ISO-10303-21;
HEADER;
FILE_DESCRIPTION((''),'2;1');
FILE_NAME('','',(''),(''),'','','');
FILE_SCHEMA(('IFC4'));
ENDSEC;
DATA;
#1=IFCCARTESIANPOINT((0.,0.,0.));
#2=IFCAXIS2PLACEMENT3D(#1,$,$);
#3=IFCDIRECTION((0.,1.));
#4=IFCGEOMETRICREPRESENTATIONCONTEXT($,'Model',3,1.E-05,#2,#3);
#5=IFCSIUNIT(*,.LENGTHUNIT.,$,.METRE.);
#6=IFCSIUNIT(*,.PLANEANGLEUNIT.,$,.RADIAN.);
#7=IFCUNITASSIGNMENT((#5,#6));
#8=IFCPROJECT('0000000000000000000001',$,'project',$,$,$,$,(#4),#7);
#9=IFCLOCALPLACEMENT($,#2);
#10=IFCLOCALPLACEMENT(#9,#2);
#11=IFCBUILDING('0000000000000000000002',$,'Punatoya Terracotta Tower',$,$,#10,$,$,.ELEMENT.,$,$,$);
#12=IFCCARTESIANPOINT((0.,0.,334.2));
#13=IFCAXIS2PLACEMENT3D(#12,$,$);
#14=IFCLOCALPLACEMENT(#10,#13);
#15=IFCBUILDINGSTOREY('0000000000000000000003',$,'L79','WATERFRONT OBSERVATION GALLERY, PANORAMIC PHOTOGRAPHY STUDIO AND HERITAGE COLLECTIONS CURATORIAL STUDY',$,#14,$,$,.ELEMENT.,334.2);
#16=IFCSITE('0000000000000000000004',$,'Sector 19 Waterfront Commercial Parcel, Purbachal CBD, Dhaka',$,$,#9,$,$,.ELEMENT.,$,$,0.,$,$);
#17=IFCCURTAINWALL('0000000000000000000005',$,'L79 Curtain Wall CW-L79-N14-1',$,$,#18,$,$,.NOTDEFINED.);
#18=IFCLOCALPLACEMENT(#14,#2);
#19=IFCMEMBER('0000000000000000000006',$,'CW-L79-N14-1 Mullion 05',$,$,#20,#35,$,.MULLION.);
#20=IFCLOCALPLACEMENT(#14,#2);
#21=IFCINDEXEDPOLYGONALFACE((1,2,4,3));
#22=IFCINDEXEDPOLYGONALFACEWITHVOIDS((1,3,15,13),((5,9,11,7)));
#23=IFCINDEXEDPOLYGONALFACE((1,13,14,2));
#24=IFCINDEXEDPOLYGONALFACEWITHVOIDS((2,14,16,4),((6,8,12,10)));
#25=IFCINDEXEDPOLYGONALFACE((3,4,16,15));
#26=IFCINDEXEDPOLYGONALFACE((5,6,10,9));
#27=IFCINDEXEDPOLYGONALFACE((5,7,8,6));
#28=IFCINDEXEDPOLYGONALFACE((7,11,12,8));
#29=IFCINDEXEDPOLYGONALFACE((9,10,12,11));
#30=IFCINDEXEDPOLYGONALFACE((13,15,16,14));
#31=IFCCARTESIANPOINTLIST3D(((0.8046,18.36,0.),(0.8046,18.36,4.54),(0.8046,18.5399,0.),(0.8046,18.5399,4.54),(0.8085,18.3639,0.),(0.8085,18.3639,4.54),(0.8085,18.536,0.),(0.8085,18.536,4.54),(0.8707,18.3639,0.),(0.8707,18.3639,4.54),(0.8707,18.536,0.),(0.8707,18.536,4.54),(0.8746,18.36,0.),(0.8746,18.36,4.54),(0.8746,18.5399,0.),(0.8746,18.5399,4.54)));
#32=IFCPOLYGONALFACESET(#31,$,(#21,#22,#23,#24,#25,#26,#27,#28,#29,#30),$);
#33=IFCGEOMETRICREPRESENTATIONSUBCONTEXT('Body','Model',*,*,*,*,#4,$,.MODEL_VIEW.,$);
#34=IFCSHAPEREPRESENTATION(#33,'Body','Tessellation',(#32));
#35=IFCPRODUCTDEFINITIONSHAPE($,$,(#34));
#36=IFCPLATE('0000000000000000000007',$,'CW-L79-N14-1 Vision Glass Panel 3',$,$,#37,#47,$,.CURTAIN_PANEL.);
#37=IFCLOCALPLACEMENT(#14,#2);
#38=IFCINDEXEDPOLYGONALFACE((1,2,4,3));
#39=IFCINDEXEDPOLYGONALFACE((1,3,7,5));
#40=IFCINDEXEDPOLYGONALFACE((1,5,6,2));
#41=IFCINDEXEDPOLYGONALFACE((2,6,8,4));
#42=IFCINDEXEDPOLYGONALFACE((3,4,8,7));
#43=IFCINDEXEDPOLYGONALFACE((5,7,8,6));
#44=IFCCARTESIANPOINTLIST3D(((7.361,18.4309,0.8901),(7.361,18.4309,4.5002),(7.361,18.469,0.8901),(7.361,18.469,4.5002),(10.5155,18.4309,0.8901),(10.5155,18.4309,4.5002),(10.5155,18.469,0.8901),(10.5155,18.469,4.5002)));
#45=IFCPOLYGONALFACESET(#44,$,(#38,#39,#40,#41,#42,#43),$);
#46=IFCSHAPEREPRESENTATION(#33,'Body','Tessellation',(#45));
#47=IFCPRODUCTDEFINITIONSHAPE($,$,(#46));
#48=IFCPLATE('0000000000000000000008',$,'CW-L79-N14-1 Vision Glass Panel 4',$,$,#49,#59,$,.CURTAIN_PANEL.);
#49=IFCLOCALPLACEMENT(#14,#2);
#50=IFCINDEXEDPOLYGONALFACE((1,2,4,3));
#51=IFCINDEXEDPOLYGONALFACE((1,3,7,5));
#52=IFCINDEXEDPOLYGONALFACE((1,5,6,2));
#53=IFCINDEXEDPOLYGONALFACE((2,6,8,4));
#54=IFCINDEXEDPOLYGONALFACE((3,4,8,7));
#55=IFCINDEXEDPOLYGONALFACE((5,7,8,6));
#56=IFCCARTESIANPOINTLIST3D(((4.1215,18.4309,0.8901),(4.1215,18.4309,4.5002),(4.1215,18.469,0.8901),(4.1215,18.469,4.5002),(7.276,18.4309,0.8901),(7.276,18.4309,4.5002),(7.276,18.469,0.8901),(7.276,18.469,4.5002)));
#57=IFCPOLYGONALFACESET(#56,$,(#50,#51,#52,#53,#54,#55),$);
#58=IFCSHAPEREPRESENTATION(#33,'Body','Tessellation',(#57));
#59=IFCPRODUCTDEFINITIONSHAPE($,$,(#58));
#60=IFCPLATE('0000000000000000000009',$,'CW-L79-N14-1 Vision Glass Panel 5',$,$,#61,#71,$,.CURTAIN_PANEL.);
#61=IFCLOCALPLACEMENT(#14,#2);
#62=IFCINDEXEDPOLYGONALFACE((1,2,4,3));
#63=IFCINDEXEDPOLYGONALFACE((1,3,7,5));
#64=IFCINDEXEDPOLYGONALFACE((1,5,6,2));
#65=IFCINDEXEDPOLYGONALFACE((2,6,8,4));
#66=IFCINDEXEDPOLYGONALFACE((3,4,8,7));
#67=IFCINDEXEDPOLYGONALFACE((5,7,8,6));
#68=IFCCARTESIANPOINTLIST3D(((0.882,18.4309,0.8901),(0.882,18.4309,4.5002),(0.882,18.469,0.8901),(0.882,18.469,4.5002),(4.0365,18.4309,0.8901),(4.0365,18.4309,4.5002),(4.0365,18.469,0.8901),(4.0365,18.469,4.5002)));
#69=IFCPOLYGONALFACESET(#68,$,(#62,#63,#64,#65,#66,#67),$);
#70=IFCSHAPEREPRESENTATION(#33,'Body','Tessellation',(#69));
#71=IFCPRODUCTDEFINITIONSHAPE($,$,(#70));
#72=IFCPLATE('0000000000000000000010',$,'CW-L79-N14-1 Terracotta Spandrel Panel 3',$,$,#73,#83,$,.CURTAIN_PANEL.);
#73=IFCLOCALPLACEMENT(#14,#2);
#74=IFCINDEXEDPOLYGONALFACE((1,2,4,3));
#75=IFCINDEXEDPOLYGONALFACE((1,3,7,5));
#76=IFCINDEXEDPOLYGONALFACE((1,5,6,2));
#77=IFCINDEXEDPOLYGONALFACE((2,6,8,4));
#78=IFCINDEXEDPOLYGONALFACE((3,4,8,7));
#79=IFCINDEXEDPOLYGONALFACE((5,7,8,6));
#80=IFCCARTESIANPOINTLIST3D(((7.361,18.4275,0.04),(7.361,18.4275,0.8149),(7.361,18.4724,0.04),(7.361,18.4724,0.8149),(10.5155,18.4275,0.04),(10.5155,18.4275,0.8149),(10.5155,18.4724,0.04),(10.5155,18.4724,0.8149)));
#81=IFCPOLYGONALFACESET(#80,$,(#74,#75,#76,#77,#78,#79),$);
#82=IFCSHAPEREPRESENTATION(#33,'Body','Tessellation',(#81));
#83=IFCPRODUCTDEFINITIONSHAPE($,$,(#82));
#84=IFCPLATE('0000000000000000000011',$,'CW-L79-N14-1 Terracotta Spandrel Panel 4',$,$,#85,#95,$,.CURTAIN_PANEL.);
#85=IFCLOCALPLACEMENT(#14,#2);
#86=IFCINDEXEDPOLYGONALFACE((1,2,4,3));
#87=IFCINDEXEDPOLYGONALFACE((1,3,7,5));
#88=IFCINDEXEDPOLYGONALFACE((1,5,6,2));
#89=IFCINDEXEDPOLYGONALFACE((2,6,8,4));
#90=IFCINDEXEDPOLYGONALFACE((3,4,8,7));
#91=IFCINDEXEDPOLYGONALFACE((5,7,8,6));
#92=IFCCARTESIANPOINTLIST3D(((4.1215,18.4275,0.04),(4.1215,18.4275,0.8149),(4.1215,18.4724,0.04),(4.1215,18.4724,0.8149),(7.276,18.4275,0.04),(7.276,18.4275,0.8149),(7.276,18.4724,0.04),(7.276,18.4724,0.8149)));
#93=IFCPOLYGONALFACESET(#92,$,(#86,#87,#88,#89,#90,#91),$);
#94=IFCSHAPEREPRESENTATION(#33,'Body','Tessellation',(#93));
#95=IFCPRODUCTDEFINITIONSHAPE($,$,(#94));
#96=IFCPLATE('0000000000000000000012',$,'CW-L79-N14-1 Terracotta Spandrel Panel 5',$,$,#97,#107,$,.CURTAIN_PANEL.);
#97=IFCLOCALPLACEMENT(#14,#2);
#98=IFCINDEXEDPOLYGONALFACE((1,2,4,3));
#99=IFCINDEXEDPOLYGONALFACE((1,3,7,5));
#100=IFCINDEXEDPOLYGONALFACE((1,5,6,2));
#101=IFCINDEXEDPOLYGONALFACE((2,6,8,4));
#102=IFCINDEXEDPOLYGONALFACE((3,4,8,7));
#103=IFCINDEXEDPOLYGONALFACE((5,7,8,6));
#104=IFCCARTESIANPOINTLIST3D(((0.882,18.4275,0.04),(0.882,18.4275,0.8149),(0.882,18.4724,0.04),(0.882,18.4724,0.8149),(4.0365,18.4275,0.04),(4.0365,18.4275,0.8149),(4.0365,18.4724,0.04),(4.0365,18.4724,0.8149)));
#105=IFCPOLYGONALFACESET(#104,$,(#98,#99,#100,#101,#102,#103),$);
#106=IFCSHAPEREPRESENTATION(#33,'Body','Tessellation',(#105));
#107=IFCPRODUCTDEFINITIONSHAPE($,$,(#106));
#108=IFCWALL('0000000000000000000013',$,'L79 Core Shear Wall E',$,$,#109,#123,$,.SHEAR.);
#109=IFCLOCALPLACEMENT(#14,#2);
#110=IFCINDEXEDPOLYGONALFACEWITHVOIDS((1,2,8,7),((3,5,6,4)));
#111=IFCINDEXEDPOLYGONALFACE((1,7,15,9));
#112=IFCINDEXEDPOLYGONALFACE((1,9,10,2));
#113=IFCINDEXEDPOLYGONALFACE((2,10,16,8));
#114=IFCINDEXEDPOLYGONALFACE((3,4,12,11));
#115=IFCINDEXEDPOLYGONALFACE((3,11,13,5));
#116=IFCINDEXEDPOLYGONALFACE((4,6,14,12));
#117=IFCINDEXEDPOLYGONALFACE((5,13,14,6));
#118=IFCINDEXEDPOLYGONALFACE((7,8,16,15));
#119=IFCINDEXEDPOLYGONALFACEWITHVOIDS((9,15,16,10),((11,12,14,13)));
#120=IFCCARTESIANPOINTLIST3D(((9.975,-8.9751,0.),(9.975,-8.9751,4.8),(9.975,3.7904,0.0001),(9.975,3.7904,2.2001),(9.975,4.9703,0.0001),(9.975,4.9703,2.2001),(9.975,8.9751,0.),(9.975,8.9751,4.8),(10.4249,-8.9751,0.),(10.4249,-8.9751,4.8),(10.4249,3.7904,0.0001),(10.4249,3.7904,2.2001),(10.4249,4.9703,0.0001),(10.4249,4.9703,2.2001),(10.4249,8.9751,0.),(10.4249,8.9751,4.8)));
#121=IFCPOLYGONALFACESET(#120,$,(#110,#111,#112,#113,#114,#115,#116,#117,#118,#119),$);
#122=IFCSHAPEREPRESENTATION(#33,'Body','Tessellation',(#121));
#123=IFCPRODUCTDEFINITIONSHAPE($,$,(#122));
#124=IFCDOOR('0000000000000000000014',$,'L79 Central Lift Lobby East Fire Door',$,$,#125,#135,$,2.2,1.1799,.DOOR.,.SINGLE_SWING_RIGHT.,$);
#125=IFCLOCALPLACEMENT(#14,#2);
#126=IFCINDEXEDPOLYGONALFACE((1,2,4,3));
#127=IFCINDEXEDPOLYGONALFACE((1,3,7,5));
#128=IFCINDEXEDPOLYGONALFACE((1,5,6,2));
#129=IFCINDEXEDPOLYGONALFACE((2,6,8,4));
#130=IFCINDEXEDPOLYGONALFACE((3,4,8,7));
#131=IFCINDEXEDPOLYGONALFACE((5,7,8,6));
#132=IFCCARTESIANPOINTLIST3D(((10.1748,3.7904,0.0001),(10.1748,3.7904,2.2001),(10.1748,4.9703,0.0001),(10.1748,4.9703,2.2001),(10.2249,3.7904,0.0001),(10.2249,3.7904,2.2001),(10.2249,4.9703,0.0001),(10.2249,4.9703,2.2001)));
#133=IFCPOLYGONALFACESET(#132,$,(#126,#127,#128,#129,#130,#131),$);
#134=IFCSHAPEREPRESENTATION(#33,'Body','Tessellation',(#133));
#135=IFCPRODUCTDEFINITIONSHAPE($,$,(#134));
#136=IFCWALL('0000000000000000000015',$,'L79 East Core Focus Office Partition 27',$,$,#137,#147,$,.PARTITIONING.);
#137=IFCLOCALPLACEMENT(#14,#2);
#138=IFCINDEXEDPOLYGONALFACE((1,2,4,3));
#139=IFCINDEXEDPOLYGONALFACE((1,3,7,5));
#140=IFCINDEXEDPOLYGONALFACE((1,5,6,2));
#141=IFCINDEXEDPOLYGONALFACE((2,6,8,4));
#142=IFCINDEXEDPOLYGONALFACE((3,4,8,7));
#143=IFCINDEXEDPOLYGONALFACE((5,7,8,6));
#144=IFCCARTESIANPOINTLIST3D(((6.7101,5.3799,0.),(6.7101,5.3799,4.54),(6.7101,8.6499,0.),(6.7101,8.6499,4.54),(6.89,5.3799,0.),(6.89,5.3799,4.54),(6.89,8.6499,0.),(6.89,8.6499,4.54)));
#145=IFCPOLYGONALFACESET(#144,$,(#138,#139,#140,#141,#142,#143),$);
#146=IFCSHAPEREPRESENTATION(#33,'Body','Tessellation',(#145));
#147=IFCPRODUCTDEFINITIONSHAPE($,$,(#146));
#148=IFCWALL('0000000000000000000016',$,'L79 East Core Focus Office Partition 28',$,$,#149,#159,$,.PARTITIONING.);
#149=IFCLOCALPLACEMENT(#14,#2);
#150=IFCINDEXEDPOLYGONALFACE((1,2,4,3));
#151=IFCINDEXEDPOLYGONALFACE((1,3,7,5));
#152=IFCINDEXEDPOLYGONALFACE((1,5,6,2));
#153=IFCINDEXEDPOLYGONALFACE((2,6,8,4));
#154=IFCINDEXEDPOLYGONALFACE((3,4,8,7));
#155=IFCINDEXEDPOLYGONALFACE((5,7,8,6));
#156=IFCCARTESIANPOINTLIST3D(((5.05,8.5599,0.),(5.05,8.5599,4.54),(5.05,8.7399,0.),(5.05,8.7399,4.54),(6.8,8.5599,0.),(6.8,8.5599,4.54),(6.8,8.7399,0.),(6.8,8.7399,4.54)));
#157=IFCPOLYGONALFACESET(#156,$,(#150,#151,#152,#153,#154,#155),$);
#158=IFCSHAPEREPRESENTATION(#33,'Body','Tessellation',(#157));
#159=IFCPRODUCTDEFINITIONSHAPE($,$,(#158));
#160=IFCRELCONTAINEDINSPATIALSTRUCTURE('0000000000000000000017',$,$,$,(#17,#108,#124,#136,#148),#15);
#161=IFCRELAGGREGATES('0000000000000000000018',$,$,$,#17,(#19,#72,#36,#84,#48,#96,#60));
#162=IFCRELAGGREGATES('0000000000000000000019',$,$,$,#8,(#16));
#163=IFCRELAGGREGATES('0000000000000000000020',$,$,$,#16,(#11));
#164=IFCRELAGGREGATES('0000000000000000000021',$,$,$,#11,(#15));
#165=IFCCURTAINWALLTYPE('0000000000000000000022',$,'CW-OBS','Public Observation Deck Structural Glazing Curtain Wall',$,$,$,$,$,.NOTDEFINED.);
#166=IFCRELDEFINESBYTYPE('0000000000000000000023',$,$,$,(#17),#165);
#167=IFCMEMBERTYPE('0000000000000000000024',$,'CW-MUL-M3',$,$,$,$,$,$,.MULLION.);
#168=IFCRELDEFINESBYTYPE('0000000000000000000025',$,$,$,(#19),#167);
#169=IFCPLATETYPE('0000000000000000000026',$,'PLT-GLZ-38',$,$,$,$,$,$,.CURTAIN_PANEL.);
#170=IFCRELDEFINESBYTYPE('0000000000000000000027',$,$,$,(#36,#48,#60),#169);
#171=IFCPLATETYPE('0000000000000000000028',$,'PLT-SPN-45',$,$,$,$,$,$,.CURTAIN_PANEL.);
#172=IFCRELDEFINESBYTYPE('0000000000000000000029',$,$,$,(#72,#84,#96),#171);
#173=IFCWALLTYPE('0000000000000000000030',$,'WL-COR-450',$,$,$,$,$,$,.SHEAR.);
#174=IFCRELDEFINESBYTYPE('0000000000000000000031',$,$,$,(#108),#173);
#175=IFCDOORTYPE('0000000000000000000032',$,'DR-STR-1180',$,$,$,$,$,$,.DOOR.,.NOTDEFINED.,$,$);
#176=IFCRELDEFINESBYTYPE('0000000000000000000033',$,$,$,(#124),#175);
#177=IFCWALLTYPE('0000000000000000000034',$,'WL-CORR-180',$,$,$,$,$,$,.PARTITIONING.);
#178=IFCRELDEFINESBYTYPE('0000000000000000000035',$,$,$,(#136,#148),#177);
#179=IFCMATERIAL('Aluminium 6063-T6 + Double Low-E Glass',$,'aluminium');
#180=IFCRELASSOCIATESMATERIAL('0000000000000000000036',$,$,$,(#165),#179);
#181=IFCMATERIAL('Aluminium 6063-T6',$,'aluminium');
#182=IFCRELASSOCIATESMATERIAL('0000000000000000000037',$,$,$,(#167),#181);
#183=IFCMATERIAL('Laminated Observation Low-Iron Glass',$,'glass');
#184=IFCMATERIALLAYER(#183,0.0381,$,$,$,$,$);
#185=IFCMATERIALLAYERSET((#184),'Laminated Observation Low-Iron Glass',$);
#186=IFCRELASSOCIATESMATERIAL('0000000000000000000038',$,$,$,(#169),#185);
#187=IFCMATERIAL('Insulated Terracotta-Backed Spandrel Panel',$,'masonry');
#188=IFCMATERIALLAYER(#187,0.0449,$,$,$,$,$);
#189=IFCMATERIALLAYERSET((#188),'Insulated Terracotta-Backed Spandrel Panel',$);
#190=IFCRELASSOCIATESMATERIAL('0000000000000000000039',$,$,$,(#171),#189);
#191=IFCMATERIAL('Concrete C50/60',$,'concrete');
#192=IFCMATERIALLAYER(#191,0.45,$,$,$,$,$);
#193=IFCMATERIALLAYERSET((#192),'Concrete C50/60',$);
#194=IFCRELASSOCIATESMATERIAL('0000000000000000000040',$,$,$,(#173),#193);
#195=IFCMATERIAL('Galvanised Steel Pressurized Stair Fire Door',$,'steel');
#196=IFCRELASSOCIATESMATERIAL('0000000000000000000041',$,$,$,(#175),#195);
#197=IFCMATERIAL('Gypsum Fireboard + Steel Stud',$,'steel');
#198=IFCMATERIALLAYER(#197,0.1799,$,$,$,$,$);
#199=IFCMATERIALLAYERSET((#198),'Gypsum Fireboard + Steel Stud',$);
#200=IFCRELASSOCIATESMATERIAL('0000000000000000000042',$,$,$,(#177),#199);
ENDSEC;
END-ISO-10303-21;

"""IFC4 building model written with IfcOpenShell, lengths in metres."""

from ifc_helpers import new_model, si_unit, direction, frame, frame_2d, origin, origin_2d, place, context, subcontext, project, spatial, rectangle, hollow_rectangle, extrude, material, layer, layer_set, material_profile, profile_set, type_object, element, fill, aggregate, save


model = new_model("IFC4")

# Units and contexts
model_context = context("Model", 3, precision=1e-05, world=origin(), true_north=direction((0.0, 1.0)))
body_context = subcontext(model_context, "Body", "Model", "MODEL_VIEW")
ifc_project = project(units=[si_unit("LENGTHUNIT", "METRE"), si_unit("PLANEANGLEUNIT", "RADIAN")], contexts=[model_context])

# Site, building, storey
site_placement = place(None, origin())
site = spatial("IfcSite", under=ifc_project, at=site_placement, Name="Sector 19 Waterfront Commercial Parcel, Purbachal CBD, Dhaka", CompositionType="ELEMENT", RefElevation=0.0)
building_placement = place(site_placement, origin())
building = spatial("IfcBuilding", under=site, at=building_placement, Name="Punatoya Terracotta Tower", CompositionType="ELEMENT")
storey_placement = place(building_placement, frame((0.0, 0.0, 334.2)))
storey = spatial("IfcBuildingStorey", under=building, at=storey_placement, Name="L79", Description="WATERFRONT OBSERVATION GALLERY, PANORAMIC PHOTOGRAPHY STUDIO AND HERITAGE COLLECTIONS CURATORIAL STUDY", CompositionType="ELEMENT", Elevation=334.2)

# Curtain wall, member, plates
ifc_material_1 = material(Name="Aluminium 6063-T6 + Double Low-E Glass", Category="aluminium")
curtain_wall_type = type_object("IfcCurtainWallType", Name="CW-OBS", Description="Public Observation Deck Structural Glazing Curtain Wall", PredefinedType="NOTDEFINED", material=ifc_material_1)
curtain_wall_placement = place(storey_placement, origin())
curtain_wall = element("IfcCurtainWall", 1, at=curtain_wall_placement, inside=storey, type_object=curtain_wall_type, Name="L79 Curtain Wall CW-L79-N14-1", PredefinedType="NOTDEFINED")
ifc_material_2 = material(Name="Aluminium 6063-T6", Category="aluminium")
ifc_material_profile_1 = material_profile(ifc_material_2, hollow_rectangle(XDim=0.0701, YDim=0.1799, WallThickness=0.0039, at=origin_2d()))
ifc_profile_set_1 = profile_set([ifc_material_profile_1], Name="Aluminium 6063-T6")
member_type = type_object("IfcMemberType", Name="CW-MUL-M3", PredefinedType="MULLION", material=ifc_profile_set_1)
member_1_placement = place(storey_placement, frame((0.8396, 18.45, 0.0), z_axis=(0.0, 0.0, 1.0), x_axis=(1.0, 0.0, 0.0)))
member_1 = element("IfcMember", 2, at=member_1_placement, type_object=member_type, Name="CW-L79-N14-1 Mullion 05", PredefinedType="MULLION", context=body_context, shape_type="SweptSolid", body=[
    extrude(hollow_rectangle(XDim=0.0701, YDim=0.1799, WallThickness=0.0039, at=origin_2d()), origin(), (0.0, 0.0, 1.0), 4.54),
])
ifc_material_3 = material(Name="Laminated Observation Low-Iron Glass", Category="glass")
ifc_layer_1 = layer(ifc_material_3, 0.0381)
ifc_layer_set_1 = layer_set([ifc_layer_1], Name="Laminated Observation Low-Iron Glass")
plate_type_1 = type_object("IfcPlateType", Name="PLT-GLZ-38", PredefinedType="CURTAIN_PANEL", material=ifc_layer_set_1)
plate_1_placement = place(storey_placement, frame((8.9382, 18.45, 0.8901), z_axis=(0.0, 0.0, 1.0), x_axis=(-1.0, 0.0, 0.0)))
plate_1 = element("IfcPlate", 3, at=plate_1_placement, type_object=plate_type_1, Name="CW-L79-N14-1 Vision Glass Panel 3", PredefinedType="CURTAIN_PANEL", context=body_context, shape_type="SweptSolid", body=[
    extrude(rectangle(XDim=3.1545, YDim=0.0381, at=origin_2d()), origin(), (0.0, 0.0, 1.0), 3.6101),
])
plate_2_placement = place(storey_placement, frame((5.6987, 18.45, 0.8901), z_axis=(0.0, 0.0, 1.0), x_axis=(-1.0, 0.0, 0.0)))
plate_2 = element("IfcPlate", 4, at=plate_2_placement, type_object=plate_type_1, Name="CW-L79-N14-1 Vision Glass Panel 4", PredefinedType="CURTAIN_PANEL", context=body_context, shape_type="SweptSolid", body=[
    extrude(rectangle(XDim=3.1545, YDim=0.0381, at=origin_2d()), origin(), (0.0, 0.0, 1.0), 3.6101),
])
plate_3_placement = place(storey_placement, frame((2.4592, 18.45, 0.8901), z_axis=(0.0, 0.0, 1.0), x_axis=(-1.0, 0.0, 0.0)))
plate_3 = element("IfcPlate", 5, at=plate_3_placement, type_object=plate_type_1, Name="CW-L79-N14-1 Vision Glass Panel 5", PredefinedType="CURTAIN_PANEL", context=body_context, shape_type="SweptSolid", body=[
    extrude(rectangle(XDim=3.1545, YDim=0.0381, at=origin_2d()), origin(), (0.0, 0.0, 1.0), 3.6101),
])
ifc_material_4 = material(Name="Insulated Terracotta-Backed Spandrel Panel", Category="masonry")
ifc_layer_2 = layer(ifc_material_4, 0.0449)
ifc_layer_set_2 = layer_set([ifc_layer_2], Name="Insulated Terracotta-Backed Spandrel Panel")
plate_type_2 = type_object("IfcPlateType", Name="PLT-SPN-45", PredefinedType="CURTAIN_PANEL", material=ifc_layer_set_2)
plate_4_placement = place(storey_placement, frame((8.9382, 18.45, 0.04), z_axis=(0.0, 0.0, 1.0), x_axis=(-1.0, 0.0, 0.0)))
plate_4 = element("IfcPlate", 6, at=plate_4_placement, type_object=plate_type_2, Name="CW-L79-N14-1 Terracotta Spandrel Panel 3", PredefinedType="CURTAIN_PANEL", context=body_context, shape_type="SweptSolid", body=[
    extrude(rectangle(XDim=3.1545, YDim=0.0449, at=origin_2d()), origin(), (0.0, 0.0, 1.0), 0.7749),
])
plate_5_placement = place(storey_placement, frame((5.6987, 18.45, 0.04), z_axis=(0.0, 0.0, 1.0), x_axis=(-1.0, 0.0, 0.0)))
plate_5 = element("IfcPlate", 7, at=plate_5_placement, type_object=plate_type_2, Name="CW-L79-N14-1 Terracotta Spandrel Panel 4", PredefinedType="CURTAIN_PANEL", context=body_context, shape_type="SweptSolid", body=[
    extrude(rectangle(XDim=3.1545, YDim=0.0449, at=origin_2d()), origin(), (0.0, 0.0, 1.0), 0.7749),
])
plate_6_placement = place(storey_placement, frame((2.4592, 18.45, 0.04), z_axis=(0.0, 0.0, 1.0), x_axis=(-1.0, 0.0, 0.0)))
plate_6 = element("IfcPlate", 8, at=plate_6_placement, type_object=plate_type_2, Name="CW-L79-N14-1 Terracotta Spandrel Panel 5", PredefinedType="CURTAIN_PANEL", context=body_context, shape_type="SweptSolid", body=[
    extrude(rectangle(XDim=3.1545, YDim=0.0449, at=origin_2d()), origin(), (0.0, 0.0, 1.0), 0.7749),
])
aggregate(curtain_wall, [member_1, plate_4, plate_1, plate_5, plate_2, plate_6, plate_3])

# Wall, opening, door
ifc_material_5 = material(Name="Concrete C50/60", Category="concrete")
ifc_layer_3 = layer(ifc_material_5, 0.45)
ifc_layer_set_3 = layer_set([ifc_layer_3], Name="Concrete C50/60")
wall_type_1 = type_object("IfcWallType", Name="WL-COR-450", PredefinedType="SHEAR", material=ifc_layer_set_3)
wall_1_placement = place(storey_placement, frame((10.2, 8.9751, 0.0), z_axis=(0.0, 0.0, 1.0), x_axis=(0.0, -1.0, 0.0)))
wall_1 = element("IfcWall", 9, at=wall_1_placement, inside=storey, type_object=wall_type_1, Name="L79 Core Shear Wall E", PredefinedType="SHEAR", context=body_context, shape_type="SweptSolid", body=[
    extrude(rectangle(XDim=17.9502, YDim=0.45, at=frame_2d((8.9751, 0.0))), origin(), (0.0, 0.0, 1.0), 4.8),
])
opening_1_placement = place(wall_1_placement, frame((4.0049, 0.0, 0.0)))
opening_1 = element("IfcOpeningElement", 10, at=opening_1_placement, cuts=wall_1, PredefinedType="OPENING", context=body_context, shape_type="SweptSolid", body=[
    extrude(rectangle(XDim=1.1799, YDim=2.2, at=frame_2d((0.5898, 1.1001))), frame((0.0, 0.2349, 0.0), z_axis=(0.0, -1.0, 0.0), x_axis=(1.0, 0.0, 0.0)), (0.0, 0.0, 1.0), 0.47),
])
ifc_material_6 = material(Name="Galvanised Steel Pressurized Stair Fire Door", Category="steel")
door_type_1 = type_object("IfcDoorType", Name="DR-STR-1180", OperationType="NOTDEFINED", PredefinedType="DOOR", material=ifc_material_6)
door_1_placement = place(opening_1_placement, origin())
door_1 = element("IfcDoor", 11, at=door_1_placement, inside=storey, type_object=door_type_1, Name="L79 Central Lift Lobby East Fire Door", OperationType="SINGLE_SWING_RIGHT", OverallHeight=2.2, OverallWidth=1.1799, PredefinedType="DOOR", context=body_context, shape_type="SweptSolid", body=[
    extrude(rectangle(XDim=1.1799, YDim=2.2, at=frame_2d((0.5898, 1.1001))), frame((0.0, 0.0249, 0.0), z_axis=(0.0, -1.0, 0.0), x_axis=(1.0, 0.0, 0.0)), (0.0, 0.0, 1.0), 0.05),
])
fill(opening_1, door_1)

# Walls
ifc_material_7 = material(Name="Gypsum Fireboard + Steel Stud", Category="steel")
ifc_layer_4 = layer(ifc_material_7, 0.1799)
ifc_layer_set_4 = layer_set([ifc_layer_4], Name="Gypsum Fireboard + Steel Stud")
wall_type_2 = type_object("IfcWallType", Name="WL-CORR-180", PredefinedType="PARTITIONING", material=ifc_layer_set_4)
wall_2_placement = place(storey_placement, frame((6.8, 5.3799, 0.0), z_axis=(0.0, 0.0, 1.0), x_axis=(0.0, 1.0, 0.0)))
element("IfcWall", 12, at=wall_2_placement, inside=storey, type_object=wall_type_2, Name="L79 East Core Focus Office Partition 27", PredefinedType="PARTITIONING", context=body_context, shape_type="SweptSolid", body=[
    extrude(rectangle(XDim=3.27, YDim=0.1799, at=frame_2d((1.635, 0.0))), origin(), (0.0, 0.0, 1.0), 4.54),
])
wall_3_placement = place(storey_placement, frame((6.8, 8.6499, 0.0), z_axis=(0.0, 0.0, 1.0), x_axis=(-1.0, 0.0, 0.0)))
element("IfcWall", 13, at=wall_3_placement, inside=storey, type_object=wall_type_2, Name="L79 East Core Focus Office Partition 28", PredefinedType="PARTITIONING", context=body_context, shape_type="SweptSolid", body=[
    extrude(rectangle(XDim=1.75, YDim=0.1799, at=frame_2d((0.875, 0.0))), origin(), (0.0, 0.0, 1.0), 4.54),
])

save(model, "model.ifc")
